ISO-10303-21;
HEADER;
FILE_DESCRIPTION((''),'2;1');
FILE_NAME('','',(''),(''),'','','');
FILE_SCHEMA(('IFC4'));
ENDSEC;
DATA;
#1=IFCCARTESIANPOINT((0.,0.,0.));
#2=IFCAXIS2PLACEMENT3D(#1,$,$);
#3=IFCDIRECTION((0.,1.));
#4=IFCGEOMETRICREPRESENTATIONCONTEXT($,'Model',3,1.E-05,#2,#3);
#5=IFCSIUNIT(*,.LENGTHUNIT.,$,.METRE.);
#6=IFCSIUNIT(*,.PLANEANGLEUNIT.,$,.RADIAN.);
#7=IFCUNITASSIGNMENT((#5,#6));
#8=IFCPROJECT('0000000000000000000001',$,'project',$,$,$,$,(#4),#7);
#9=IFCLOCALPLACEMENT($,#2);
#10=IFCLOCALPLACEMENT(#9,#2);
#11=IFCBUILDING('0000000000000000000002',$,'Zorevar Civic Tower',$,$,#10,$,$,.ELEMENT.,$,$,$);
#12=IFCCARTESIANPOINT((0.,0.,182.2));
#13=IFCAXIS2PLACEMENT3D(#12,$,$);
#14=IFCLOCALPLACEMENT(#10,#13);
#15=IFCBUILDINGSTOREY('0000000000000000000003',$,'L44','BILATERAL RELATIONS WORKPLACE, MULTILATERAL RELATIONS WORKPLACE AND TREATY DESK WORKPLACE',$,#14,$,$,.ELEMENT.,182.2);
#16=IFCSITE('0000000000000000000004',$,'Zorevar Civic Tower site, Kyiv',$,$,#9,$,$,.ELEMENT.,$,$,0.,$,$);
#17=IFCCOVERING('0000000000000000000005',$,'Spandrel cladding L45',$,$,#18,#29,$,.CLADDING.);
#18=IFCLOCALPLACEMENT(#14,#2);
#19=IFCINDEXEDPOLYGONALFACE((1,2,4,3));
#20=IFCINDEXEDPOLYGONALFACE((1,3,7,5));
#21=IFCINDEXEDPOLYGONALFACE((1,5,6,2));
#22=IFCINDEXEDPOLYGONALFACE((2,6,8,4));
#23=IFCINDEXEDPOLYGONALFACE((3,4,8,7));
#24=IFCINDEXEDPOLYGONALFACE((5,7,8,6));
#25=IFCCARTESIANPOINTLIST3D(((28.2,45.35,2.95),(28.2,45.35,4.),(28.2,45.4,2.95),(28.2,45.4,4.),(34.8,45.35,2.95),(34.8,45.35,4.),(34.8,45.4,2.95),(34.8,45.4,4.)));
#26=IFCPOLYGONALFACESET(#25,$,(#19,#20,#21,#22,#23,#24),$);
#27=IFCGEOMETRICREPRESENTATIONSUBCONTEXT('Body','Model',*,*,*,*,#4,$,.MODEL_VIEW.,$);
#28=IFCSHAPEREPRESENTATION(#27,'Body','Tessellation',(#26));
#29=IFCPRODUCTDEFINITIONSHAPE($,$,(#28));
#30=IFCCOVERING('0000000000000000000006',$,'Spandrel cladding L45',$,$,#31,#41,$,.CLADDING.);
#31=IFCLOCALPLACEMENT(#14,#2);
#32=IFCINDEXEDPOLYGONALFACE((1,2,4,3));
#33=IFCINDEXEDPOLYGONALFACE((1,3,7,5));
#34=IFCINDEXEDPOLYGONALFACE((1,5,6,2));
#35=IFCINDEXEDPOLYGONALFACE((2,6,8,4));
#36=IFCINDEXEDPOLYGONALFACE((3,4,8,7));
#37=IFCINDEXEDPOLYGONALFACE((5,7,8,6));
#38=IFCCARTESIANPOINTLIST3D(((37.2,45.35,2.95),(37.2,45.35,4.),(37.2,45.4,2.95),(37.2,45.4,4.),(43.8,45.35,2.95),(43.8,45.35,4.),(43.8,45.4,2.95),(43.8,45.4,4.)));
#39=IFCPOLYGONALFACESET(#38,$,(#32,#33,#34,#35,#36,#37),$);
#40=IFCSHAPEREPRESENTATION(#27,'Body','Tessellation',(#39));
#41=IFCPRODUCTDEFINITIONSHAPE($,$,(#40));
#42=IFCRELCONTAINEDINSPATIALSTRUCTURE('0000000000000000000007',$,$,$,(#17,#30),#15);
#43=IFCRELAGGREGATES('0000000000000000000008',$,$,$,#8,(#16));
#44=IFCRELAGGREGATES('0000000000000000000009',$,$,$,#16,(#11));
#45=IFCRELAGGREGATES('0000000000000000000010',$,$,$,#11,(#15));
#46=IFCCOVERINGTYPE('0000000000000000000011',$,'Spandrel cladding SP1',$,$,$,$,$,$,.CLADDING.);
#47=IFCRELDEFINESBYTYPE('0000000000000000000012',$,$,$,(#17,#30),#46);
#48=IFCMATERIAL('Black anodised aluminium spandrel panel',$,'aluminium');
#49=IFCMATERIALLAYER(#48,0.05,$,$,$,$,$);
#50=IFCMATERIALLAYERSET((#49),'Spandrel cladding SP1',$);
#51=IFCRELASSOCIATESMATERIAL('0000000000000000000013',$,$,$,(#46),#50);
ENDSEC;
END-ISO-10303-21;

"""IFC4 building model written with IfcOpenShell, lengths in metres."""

from ifc_helpers import new_model, si_unit, direction, frame, frame_2d, origin, place, context, subcontext, project, spatial, rectangle, extrude, material, layer, layer_set, type_object, element, save


model = new_model("IFC4")

# Units and contexts
model_context = context("Model", 3, precision=1e-05, world=origin(), true_north=direction((0.0, 1.0)))
body_context = subcontext(model_context, "Body", "Model", "MODEL_VIEW")
ifc_project = project(units=[si_unit("LENGTHUNIT", "METRE"), si_unit("PLANEANGLEUNIT", "RADIAN")], contexts=[model_context])

# Site, building, storey
site_placement = place(None, origin())
site = spatial("IfcSite", under=ifc_project, at=site_placement, Name="Zorevar Civic Tower site, Kyiv", CompositionType="ELEMENT", RefElevation=0.0)
building_placement = place(site_placement, origin())
building = spatial("IfcBuilding", under=site, at=building_placement, Name="Zorevar Civic Tower", CompositionType="ELEMENT")
storey_placement = place(building_placement, frame((0.0, 0.0, 182.2)))
storey = spatial("IfcBuildingStorey", under=building, at=storey_placement, Name="L44", Description="BILATERAL RELATIONS WORKPLACE, MULTILATERAL RELATIONS WORKPLACE AND TREATY DESK WORKPLACE", CompositionType="ELEMENT", Elevation=182.2)

# Coverings
ifc_material_1 = material(Name="Black anodised aluminium spandrel panel", Category="aluminium")
ifc_layer_1 = layer(ifc_material_1, 0.05)
ifc_layer_set_1 = layer_set([ifc_layer_1], Name="Spandrel cladding SP1")
covering_type = type_object("IfcCoveringType", Name="Spandrel cladding SP1", PredefinedType="CLADDING", material=ifc_layer_set_1)
for number, where, z_axis, x_axis, name in (
    (1, (28.2, 45.375, 2.95), (0.0, 0.0, 1.0), (1.0, 0.0, 0.0), "Spandrel cladding L45"),
    (2, (37.2, 45.375, 2.95), (0.0, 0.0, 1.0), (1.0, 0.0, 0.0), "Spandrel cladding L45"),
):
    element("IfcCovering", number, at=place(storey_placement, frame(where, z_axis=z_axis, x_axis=x_axis)), inside=storey, type_object=covering_type, Name=name, PredefinedType="CLADDING", context=body_context, shape_type="SweptSolid", body=[
        extrude(rectangle(XDim=6.6001, YDim=0.05, at=frame_2d((3.3, 0.0))), origin(), (0.0, 0.0, 1.0), 1.05),
    ])

save(model, "model.ifc")
